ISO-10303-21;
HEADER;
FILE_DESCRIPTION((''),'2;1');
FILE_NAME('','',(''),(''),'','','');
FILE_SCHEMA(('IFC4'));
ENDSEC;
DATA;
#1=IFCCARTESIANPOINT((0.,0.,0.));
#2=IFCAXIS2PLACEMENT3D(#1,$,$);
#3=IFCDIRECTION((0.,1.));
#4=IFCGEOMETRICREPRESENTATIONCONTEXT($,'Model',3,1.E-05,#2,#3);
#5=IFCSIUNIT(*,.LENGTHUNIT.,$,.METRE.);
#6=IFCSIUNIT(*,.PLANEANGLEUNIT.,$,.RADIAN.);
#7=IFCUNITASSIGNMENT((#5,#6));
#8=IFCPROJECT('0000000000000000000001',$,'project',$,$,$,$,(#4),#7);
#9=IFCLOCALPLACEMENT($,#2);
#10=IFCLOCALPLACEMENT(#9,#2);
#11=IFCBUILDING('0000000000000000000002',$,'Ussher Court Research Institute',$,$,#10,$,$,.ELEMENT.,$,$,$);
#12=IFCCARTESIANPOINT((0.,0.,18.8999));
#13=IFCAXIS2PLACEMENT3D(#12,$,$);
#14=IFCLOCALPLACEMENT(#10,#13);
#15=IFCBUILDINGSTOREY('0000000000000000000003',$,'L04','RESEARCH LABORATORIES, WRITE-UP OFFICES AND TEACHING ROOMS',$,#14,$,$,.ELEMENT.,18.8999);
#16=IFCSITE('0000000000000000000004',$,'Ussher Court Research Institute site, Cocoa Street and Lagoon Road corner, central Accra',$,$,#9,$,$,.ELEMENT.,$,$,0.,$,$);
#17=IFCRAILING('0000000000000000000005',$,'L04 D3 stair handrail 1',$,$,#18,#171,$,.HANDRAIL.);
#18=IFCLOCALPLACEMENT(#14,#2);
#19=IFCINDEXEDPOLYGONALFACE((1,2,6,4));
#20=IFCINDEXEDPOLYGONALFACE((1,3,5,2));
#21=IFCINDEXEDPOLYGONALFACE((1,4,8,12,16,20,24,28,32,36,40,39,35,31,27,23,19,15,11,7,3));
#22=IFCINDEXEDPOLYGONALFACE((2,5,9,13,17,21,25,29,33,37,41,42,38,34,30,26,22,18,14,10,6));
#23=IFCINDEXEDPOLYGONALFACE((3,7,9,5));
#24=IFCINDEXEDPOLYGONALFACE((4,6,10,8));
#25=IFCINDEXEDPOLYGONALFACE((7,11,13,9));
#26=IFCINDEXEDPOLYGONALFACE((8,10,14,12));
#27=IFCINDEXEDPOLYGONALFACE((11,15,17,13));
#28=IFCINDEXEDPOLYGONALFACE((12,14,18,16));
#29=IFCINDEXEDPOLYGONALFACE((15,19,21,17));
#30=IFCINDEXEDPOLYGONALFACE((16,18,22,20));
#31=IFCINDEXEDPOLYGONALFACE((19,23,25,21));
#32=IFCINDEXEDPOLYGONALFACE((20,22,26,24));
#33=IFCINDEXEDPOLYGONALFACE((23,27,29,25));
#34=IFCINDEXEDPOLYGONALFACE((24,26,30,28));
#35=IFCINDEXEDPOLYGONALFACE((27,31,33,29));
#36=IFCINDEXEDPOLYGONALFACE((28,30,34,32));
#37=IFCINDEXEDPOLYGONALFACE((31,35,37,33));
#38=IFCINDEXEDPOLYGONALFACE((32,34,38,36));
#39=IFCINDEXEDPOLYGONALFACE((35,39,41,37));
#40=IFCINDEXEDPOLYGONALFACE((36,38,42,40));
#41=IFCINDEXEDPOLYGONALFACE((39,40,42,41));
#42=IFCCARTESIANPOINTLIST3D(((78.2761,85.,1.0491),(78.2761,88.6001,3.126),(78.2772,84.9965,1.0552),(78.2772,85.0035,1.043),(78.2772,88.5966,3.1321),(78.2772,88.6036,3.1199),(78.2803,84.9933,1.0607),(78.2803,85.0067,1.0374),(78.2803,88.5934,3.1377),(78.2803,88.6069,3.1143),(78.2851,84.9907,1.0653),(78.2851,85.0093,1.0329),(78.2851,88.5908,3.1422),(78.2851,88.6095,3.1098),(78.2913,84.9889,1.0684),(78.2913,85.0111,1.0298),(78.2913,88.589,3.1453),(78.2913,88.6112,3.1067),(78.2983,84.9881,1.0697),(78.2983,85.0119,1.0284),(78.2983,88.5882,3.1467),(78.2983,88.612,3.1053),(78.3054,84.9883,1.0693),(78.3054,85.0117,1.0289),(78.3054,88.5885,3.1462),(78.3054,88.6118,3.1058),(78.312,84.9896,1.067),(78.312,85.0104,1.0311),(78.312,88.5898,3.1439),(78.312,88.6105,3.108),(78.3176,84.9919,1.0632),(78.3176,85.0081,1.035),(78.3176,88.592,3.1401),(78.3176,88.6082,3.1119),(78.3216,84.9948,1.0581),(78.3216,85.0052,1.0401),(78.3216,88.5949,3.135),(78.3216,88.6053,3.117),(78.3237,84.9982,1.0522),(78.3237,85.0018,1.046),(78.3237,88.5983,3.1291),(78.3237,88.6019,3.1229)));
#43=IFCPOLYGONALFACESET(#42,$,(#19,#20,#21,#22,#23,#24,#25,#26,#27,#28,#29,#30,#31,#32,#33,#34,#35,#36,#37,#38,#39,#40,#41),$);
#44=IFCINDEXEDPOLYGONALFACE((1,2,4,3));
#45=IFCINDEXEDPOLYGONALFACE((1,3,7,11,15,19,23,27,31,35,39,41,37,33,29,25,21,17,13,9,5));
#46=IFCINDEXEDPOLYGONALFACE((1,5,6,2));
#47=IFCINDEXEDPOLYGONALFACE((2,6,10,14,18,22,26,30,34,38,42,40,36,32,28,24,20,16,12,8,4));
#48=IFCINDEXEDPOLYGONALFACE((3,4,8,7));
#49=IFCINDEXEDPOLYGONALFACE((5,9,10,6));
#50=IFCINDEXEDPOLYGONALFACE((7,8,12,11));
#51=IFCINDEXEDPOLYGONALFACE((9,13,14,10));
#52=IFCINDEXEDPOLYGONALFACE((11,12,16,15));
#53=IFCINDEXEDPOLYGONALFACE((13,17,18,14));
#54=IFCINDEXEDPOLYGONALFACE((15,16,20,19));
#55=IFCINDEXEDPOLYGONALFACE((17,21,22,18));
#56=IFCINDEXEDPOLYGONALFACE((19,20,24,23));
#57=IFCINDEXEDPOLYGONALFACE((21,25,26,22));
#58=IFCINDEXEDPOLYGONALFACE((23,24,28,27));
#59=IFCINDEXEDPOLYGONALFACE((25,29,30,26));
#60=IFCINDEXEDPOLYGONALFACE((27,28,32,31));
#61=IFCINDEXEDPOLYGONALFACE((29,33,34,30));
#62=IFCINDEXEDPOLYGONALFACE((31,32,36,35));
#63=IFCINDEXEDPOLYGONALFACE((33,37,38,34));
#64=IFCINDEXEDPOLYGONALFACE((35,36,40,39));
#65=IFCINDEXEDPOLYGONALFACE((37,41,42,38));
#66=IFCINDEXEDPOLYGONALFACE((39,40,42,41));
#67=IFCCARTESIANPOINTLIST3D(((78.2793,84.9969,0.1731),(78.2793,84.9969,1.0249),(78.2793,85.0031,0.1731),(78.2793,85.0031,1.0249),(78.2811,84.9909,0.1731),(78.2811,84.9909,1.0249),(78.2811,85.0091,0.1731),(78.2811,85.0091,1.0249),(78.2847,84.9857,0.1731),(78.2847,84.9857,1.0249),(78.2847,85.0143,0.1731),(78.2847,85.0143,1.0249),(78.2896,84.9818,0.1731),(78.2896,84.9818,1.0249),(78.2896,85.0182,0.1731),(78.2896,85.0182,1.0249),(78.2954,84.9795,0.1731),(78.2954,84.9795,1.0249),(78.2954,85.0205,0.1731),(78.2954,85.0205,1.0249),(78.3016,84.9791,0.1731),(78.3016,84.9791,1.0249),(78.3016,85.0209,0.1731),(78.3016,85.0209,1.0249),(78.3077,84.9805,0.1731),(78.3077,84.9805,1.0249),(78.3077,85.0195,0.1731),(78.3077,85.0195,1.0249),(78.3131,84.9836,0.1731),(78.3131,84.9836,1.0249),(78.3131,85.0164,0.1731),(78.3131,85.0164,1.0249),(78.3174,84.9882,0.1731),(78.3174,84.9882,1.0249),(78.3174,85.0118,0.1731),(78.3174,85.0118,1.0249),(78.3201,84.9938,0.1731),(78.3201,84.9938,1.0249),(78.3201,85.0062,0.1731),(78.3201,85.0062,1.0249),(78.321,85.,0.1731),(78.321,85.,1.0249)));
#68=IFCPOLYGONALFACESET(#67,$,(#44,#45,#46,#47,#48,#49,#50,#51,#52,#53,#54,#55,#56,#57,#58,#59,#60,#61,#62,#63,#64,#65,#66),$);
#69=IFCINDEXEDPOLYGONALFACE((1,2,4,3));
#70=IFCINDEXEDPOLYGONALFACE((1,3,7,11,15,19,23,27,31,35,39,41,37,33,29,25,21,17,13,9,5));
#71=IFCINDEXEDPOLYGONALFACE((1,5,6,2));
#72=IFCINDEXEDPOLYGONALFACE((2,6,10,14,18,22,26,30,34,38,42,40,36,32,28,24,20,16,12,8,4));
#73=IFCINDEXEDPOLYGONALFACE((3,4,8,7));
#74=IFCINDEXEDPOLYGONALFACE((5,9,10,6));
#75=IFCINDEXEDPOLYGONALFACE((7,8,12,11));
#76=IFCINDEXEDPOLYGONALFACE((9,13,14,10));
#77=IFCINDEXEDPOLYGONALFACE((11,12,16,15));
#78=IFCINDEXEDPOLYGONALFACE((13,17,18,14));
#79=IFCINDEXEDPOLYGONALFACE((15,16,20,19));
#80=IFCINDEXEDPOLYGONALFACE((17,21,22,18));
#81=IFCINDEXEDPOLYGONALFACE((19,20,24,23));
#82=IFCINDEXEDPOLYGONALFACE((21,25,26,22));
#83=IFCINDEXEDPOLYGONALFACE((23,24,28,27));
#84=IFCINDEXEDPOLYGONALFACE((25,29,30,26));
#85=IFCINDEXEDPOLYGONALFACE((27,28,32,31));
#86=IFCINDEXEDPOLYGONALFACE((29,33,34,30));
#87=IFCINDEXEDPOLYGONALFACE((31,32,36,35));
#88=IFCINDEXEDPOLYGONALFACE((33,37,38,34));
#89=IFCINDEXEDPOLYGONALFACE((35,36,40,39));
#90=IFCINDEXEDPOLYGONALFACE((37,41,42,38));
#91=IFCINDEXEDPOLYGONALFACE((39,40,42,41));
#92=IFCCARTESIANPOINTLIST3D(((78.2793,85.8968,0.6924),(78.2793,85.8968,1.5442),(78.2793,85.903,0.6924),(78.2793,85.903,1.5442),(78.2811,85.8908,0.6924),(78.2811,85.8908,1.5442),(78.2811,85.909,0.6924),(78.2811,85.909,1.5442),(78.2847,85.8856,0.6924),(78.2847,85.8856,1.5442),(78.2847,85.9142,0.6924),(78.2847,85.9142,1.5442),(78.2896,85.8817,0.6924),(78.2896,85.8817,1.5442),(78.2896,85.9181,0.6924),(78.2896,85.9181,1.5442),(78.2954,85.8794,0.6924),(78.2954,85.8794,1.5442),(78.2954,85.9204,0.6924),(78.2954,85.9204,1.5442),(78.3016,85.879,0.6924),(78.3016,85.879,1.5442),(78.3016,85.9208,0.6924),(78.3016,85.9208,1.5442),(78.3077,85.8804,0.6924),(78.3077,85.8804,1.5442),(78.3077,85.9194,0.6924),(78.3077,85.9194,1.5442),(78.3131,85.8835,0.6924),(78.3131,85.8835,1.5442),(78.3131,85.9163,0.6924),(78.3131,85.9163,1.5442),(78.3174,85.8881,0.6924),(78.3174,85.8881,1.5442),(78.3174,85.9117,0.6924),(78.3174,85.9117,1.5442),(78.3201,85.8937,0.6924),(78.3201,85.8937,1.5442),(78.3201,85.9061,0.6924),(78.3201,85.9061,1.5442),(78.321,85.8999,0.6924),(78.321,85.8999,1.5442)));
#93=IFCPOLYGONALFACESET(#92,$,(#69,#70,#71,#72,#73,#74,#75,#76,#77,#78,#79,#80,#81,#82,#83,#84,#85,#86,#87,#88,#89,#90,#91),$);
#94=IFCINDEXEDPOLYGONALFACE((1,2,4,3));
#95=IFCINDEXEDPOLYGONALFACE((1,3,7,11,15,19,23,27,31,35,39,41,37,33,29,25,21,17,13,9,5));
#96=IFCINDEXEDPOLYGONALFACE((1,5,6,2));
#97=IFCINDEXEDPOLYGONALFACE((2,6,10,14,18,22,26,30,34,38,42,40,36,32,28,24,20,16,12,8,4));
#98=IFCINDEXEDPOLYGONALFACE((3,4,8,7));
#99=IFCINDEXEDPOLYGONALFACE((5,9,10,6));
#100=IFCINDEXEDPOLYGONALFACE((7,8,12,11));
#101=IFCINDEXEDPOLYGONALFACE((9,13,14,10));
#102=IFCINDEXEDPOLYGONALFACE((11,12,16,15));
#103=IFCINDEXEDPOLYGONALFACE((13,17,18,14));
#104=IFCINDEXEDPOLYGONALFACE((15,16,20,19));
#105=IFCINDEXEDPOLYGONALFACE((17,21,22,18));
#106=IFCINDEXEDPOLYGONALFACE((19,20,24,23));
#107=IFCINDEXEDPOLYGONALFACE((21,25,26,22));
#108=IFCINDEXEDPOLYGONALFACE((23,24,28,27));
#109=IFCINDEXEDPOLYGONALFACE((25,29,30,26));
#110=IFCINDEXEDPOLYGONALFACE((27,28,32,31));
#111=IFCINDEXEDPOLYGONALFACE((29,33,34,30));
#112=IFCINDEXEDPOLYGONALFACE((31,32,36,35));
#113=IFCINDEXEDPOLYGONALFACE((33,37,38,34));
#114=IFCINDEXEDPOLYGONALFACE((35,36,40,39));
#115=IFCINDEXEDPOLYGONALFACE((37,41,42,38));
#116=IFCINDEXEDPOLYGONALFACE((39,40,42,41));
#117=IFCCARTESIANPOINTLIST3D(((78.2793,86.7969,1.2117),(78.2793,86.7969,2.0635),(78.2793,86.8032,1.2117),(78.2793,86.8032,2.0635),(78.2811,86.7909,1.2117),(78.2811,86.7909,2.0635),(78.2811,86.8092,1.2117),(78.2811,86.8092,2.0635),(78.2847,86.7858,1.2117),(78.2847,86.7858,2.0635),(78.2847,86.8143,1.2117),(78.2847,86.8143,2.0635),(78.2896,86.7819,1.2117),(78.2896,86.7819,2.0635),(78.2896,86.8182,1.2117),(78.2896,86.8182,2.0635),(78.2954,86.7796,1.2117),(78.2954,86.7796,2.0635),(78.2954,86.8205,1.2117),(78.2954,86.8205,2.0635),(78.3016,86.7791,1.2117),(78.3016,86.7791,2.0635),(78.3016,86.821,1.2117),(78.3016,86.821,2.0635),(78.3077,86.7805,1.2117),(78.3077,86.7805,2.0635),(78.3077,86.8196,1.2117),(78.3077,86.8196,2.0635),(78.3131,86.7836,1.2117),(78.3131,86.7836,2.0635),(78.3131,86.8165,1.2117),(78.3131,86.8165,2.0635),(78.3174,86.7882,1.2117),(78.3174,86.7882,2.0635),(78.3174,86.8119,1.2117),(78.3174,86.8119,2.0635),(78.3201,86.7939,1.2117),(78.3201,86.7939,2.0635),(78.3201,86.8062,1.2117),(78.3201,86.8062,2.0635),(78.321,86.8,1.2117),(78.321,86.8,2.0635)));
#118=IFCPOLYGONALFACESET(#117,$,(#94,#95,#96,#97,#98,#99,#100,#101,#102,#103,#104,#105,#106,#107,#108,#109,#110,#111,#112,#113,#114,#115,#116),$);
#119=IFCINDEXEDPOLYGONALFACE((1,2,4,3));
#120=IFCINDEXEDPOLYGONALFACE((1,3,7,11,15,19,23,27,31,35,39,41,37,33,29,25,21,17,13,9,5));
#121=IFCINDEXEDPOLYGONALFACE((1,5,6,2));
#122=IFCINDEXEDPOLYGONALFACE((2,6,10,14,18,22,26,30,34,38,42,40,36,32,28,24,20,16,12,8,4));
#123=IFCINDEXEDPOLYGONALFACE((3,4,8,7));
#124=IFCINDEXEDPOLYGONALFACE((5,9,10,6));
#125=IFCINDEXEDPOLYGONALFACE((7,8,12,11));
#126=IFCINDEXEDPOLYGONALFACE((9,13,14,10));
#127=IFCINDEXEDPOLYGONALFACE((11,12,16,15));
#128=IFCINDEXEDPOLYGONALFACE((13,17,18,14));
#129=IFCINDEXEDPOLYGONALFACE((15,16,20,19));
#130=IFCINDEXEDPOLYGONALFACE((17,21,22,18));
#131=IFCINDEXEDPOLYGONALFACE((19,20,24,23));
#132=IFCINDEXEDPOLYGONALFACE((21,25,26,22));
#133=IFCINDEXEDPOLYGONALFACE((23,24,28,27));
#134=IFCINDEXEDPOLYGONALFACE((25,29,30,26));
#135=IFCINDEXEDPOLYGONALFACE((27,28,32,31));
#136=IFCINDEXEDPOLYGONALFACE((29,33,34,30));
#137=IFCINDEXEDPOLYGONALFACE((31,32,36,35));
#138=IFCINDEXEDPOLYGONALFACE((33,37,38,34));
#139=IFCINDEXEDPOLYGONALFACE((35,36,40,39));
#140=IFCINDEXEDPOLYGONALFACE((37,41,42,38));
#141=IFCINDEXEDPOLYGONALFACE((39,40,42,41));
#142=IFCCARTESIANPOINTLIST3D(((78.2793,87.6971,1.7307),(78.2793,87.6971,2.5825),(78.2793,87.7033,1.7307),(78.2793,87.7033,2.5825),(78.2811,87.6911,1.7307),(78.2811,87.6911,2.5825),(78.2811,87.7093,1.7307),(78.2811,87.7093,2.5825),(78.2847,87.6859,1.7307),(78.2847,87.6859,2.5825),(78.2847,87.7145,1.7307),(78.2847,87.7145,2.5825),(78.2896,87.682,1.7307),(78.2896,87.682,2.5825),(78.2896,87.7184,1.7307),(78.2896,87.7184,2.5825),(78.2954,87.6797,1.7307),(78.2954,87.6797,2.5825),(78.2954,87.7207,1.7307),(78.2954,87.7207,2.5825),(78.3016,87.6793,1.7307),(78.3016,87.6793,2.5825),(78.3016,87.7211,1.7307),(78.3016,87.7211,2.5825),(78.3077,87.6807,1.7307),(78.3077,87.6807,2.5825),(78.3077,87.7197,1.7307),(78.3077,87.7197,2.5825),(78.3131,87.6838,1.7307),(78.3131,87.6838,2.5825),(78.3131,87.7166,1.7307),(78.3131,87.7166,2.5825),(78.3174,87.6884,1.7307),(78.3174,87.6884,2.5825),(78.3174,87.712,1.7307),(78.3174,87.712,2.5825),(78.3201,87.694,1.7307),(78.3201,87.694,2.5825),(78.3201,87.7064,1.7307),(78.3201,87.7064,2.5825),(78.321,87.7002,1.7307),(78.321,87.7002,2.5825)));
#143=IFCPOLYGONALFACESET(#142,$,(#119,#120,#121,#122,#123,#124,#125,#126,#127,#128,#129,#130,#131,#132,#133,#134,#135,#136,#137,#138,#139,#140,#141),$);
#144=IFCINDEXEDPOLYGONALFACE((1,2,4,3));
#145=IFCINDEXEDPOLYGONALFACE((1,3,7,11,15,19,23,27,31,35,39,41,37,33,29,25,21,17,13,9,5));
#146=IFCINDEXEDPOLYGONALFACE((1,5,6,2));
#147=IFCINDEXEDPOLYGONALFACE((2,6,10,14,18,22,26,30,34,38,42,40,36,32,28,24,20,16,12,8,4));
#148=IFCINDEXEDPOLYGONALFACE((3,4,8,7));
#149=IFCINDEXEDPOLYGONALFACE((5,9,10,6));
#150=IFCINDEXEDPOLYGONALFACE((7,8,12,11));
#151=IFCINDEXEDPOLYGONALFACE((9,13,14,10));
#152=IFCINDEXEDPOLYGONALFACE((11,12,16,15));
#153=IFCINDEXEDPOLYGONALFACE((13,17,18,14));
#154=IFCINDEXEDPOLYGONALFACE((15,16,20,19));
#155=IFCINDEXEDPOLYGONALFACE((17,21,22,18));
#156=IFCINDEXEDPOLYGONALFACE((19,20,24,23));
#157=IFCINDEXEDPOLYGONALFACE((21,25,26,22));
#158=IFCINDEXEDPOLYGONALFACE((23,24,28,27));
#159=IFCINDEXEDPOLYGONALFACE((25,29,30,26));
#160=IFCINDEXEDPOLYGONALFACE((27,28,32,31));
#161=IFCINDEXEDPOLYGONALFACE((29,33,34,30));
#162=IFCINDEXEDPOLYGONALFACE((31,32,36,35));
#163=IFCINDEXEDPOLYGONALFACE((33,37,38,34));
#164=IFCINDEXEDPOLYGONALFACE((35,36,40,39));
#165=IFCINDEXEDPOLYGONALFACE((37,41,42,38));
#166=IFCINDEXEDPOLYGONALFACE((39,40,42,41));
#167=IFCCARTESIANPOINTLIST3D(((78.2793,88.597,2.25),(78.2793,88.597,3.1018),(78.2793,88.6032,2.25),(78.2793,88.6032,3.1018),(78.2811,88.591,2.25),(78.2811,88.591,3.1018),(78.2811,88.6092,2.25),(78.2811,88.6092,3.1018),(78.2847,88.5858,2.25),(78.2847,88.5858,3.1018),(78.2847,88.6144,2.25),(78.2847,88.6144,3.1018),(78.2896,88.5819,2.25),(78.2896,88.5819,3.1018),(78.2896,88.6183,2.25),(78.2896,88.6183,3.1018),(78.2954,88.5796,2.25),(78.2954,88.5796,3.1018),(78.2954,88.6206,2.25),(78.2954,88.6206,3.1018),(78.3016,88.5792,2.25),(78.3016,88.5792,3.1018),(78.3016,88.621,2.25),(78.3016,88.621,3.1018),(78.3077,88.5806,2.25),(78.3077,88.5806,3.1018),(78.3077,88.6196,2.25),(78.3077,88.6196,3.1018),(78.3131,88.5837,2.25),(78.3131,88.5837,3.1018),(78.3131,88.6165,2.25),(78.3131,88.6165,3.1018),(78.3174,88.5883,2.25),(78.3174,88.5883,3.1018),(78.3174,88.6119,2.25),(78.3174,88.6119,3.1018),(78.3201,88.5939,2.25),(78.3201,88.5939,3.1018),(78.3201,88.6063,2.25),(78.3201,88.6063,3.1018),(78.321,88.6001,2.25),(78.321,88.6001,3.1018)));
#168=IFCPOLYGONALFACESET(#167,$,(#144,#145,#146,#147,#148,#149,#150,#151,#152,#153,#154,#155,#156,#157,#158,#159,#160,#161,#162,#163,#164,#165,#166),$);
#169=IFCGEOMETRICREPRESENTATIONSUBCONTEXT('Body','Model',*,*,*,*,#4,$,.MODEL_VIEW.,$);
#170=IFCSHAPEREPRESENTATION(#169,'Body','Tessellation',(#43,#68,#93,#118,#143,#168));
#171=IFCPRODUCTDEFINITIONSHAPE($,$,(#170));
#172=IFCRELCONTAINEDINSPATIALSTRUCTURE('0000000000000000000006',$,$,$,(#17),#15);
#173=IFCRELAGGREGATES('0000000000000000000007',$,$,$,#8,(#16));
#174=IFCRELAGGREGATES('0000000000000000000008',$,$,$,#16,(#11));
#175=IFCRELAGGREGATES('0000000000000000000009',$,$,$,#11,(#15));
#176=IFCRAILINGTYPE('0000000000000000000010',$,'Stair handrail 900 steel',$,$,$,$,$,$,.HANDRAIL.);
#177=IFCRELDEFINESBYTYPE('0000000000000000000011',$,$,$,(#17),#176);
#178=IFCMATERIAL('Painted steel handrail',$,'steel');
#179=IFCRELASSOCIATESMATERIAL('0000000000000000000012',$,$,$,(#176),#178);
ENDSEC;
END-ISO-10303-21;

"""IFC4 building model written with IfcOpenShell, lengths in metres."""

from ifc_helpers import new_model, si_unit, direction, frame, origin, origin_2d, place, context, subcontext, project, spatial, circle, extrude, material, type_object, element, save


model = new_model("IFC4")

# Units and contexts
model_context = context("Model", 3, precision=1e-05, world=origin(), true_north=direction((0.0, 1.0)))
body_context = subcontext(model_context, "Body", "Model", "MODEL_VIEW")
ifc_project = project(units=[si_unit("LENGTHUNIT", "METRE"), si_unit("PLANEANGLEUNIT", "RADIAN")], contexts=[model_context])

# Site, building, storey
site_placement = place(None, origin())
site = spatial("IfcSite", under=ifc_project, at=site_placement, Name="Ussher Court Research Institute site, Cocoa Street and Lagoon Road corner, central Accra", CompositionType="ELEMENT", RefElevation=0.0)
building_placement = place(site_placement, origin())
building = spatial("IfcBuilding", under=site, at=building_placement, Name="Ussher Court Research Institute", CompositionType="ELEMENT")
storey_placement = place(building_placement, frame((0.0, 0.0, 18.8999)))
storey = spatial("IfcBuildingStorey", under=building, at=storey_placement, Name="L04", Description="RESEARCH LABORATORIES, WRITE-UP OFFICES AND TEACHING ROOMS", CompositionType="ELEMENT", Elevation=18.8999)

# Railing
ifc_material_1 = material(Name="Painted steel handrail", Category="steel")
railing_type_1 = type_object("IfcRailingType", Name="Stair handrail 900 steel", PredefinedType="HANDRAIL", material=ifc_material_1)
railing_1_placement = place(storey_placement, frame((78.3, 85.0, 0.1731)))
element("IfcRailing", 1, at=railing_1_placement, inside=storey, type_object=railing_type_1, Name="L04 D3 stair handrail 1", PredefinedType="HANDRAIL", context=body_context, shape_type="SweptSolid", body=[
    extrude(circle(Radius=0.0239, at=origin_2d()), frame((0.0, 0.0, 0.876), z_axis=(0.0, 0.866193, 0.499709), x_axis=(-1.0, 0.0, 0.0)), (0.0, 0.0, 1.0), 4.1562),
    extrude(circle(Radius=0.021, at=origin_2d()), origin(), (0.0, 0.0, 1.0), 0.8518),
    extrude(circle(Radius=0.021, at=origin_2d()), frame((0.0, 0.8999, 0.5193)), (0.0, 0.0, 1.0), 0.8518),
    extrude(circle(Radius=0.021, at=origin_2d()), frame((0.0, 1.8, 1.0386)), (0.0, 0.0, 1.0), 0.8518),
    extrude(circle(Radius=0.021, at=origin_2d()), frame((0.0, 2.7002, 1.5576)), (0.0, 0.0, 1.0), 0.8518),
    extrude(circle(Radius=0.021, at=origin_2d()), frame((0.0, 3.6001, 2.0769)), (0.0, 0.0, 1.0), 0.8518),
])

save(model, "model.ifc")
